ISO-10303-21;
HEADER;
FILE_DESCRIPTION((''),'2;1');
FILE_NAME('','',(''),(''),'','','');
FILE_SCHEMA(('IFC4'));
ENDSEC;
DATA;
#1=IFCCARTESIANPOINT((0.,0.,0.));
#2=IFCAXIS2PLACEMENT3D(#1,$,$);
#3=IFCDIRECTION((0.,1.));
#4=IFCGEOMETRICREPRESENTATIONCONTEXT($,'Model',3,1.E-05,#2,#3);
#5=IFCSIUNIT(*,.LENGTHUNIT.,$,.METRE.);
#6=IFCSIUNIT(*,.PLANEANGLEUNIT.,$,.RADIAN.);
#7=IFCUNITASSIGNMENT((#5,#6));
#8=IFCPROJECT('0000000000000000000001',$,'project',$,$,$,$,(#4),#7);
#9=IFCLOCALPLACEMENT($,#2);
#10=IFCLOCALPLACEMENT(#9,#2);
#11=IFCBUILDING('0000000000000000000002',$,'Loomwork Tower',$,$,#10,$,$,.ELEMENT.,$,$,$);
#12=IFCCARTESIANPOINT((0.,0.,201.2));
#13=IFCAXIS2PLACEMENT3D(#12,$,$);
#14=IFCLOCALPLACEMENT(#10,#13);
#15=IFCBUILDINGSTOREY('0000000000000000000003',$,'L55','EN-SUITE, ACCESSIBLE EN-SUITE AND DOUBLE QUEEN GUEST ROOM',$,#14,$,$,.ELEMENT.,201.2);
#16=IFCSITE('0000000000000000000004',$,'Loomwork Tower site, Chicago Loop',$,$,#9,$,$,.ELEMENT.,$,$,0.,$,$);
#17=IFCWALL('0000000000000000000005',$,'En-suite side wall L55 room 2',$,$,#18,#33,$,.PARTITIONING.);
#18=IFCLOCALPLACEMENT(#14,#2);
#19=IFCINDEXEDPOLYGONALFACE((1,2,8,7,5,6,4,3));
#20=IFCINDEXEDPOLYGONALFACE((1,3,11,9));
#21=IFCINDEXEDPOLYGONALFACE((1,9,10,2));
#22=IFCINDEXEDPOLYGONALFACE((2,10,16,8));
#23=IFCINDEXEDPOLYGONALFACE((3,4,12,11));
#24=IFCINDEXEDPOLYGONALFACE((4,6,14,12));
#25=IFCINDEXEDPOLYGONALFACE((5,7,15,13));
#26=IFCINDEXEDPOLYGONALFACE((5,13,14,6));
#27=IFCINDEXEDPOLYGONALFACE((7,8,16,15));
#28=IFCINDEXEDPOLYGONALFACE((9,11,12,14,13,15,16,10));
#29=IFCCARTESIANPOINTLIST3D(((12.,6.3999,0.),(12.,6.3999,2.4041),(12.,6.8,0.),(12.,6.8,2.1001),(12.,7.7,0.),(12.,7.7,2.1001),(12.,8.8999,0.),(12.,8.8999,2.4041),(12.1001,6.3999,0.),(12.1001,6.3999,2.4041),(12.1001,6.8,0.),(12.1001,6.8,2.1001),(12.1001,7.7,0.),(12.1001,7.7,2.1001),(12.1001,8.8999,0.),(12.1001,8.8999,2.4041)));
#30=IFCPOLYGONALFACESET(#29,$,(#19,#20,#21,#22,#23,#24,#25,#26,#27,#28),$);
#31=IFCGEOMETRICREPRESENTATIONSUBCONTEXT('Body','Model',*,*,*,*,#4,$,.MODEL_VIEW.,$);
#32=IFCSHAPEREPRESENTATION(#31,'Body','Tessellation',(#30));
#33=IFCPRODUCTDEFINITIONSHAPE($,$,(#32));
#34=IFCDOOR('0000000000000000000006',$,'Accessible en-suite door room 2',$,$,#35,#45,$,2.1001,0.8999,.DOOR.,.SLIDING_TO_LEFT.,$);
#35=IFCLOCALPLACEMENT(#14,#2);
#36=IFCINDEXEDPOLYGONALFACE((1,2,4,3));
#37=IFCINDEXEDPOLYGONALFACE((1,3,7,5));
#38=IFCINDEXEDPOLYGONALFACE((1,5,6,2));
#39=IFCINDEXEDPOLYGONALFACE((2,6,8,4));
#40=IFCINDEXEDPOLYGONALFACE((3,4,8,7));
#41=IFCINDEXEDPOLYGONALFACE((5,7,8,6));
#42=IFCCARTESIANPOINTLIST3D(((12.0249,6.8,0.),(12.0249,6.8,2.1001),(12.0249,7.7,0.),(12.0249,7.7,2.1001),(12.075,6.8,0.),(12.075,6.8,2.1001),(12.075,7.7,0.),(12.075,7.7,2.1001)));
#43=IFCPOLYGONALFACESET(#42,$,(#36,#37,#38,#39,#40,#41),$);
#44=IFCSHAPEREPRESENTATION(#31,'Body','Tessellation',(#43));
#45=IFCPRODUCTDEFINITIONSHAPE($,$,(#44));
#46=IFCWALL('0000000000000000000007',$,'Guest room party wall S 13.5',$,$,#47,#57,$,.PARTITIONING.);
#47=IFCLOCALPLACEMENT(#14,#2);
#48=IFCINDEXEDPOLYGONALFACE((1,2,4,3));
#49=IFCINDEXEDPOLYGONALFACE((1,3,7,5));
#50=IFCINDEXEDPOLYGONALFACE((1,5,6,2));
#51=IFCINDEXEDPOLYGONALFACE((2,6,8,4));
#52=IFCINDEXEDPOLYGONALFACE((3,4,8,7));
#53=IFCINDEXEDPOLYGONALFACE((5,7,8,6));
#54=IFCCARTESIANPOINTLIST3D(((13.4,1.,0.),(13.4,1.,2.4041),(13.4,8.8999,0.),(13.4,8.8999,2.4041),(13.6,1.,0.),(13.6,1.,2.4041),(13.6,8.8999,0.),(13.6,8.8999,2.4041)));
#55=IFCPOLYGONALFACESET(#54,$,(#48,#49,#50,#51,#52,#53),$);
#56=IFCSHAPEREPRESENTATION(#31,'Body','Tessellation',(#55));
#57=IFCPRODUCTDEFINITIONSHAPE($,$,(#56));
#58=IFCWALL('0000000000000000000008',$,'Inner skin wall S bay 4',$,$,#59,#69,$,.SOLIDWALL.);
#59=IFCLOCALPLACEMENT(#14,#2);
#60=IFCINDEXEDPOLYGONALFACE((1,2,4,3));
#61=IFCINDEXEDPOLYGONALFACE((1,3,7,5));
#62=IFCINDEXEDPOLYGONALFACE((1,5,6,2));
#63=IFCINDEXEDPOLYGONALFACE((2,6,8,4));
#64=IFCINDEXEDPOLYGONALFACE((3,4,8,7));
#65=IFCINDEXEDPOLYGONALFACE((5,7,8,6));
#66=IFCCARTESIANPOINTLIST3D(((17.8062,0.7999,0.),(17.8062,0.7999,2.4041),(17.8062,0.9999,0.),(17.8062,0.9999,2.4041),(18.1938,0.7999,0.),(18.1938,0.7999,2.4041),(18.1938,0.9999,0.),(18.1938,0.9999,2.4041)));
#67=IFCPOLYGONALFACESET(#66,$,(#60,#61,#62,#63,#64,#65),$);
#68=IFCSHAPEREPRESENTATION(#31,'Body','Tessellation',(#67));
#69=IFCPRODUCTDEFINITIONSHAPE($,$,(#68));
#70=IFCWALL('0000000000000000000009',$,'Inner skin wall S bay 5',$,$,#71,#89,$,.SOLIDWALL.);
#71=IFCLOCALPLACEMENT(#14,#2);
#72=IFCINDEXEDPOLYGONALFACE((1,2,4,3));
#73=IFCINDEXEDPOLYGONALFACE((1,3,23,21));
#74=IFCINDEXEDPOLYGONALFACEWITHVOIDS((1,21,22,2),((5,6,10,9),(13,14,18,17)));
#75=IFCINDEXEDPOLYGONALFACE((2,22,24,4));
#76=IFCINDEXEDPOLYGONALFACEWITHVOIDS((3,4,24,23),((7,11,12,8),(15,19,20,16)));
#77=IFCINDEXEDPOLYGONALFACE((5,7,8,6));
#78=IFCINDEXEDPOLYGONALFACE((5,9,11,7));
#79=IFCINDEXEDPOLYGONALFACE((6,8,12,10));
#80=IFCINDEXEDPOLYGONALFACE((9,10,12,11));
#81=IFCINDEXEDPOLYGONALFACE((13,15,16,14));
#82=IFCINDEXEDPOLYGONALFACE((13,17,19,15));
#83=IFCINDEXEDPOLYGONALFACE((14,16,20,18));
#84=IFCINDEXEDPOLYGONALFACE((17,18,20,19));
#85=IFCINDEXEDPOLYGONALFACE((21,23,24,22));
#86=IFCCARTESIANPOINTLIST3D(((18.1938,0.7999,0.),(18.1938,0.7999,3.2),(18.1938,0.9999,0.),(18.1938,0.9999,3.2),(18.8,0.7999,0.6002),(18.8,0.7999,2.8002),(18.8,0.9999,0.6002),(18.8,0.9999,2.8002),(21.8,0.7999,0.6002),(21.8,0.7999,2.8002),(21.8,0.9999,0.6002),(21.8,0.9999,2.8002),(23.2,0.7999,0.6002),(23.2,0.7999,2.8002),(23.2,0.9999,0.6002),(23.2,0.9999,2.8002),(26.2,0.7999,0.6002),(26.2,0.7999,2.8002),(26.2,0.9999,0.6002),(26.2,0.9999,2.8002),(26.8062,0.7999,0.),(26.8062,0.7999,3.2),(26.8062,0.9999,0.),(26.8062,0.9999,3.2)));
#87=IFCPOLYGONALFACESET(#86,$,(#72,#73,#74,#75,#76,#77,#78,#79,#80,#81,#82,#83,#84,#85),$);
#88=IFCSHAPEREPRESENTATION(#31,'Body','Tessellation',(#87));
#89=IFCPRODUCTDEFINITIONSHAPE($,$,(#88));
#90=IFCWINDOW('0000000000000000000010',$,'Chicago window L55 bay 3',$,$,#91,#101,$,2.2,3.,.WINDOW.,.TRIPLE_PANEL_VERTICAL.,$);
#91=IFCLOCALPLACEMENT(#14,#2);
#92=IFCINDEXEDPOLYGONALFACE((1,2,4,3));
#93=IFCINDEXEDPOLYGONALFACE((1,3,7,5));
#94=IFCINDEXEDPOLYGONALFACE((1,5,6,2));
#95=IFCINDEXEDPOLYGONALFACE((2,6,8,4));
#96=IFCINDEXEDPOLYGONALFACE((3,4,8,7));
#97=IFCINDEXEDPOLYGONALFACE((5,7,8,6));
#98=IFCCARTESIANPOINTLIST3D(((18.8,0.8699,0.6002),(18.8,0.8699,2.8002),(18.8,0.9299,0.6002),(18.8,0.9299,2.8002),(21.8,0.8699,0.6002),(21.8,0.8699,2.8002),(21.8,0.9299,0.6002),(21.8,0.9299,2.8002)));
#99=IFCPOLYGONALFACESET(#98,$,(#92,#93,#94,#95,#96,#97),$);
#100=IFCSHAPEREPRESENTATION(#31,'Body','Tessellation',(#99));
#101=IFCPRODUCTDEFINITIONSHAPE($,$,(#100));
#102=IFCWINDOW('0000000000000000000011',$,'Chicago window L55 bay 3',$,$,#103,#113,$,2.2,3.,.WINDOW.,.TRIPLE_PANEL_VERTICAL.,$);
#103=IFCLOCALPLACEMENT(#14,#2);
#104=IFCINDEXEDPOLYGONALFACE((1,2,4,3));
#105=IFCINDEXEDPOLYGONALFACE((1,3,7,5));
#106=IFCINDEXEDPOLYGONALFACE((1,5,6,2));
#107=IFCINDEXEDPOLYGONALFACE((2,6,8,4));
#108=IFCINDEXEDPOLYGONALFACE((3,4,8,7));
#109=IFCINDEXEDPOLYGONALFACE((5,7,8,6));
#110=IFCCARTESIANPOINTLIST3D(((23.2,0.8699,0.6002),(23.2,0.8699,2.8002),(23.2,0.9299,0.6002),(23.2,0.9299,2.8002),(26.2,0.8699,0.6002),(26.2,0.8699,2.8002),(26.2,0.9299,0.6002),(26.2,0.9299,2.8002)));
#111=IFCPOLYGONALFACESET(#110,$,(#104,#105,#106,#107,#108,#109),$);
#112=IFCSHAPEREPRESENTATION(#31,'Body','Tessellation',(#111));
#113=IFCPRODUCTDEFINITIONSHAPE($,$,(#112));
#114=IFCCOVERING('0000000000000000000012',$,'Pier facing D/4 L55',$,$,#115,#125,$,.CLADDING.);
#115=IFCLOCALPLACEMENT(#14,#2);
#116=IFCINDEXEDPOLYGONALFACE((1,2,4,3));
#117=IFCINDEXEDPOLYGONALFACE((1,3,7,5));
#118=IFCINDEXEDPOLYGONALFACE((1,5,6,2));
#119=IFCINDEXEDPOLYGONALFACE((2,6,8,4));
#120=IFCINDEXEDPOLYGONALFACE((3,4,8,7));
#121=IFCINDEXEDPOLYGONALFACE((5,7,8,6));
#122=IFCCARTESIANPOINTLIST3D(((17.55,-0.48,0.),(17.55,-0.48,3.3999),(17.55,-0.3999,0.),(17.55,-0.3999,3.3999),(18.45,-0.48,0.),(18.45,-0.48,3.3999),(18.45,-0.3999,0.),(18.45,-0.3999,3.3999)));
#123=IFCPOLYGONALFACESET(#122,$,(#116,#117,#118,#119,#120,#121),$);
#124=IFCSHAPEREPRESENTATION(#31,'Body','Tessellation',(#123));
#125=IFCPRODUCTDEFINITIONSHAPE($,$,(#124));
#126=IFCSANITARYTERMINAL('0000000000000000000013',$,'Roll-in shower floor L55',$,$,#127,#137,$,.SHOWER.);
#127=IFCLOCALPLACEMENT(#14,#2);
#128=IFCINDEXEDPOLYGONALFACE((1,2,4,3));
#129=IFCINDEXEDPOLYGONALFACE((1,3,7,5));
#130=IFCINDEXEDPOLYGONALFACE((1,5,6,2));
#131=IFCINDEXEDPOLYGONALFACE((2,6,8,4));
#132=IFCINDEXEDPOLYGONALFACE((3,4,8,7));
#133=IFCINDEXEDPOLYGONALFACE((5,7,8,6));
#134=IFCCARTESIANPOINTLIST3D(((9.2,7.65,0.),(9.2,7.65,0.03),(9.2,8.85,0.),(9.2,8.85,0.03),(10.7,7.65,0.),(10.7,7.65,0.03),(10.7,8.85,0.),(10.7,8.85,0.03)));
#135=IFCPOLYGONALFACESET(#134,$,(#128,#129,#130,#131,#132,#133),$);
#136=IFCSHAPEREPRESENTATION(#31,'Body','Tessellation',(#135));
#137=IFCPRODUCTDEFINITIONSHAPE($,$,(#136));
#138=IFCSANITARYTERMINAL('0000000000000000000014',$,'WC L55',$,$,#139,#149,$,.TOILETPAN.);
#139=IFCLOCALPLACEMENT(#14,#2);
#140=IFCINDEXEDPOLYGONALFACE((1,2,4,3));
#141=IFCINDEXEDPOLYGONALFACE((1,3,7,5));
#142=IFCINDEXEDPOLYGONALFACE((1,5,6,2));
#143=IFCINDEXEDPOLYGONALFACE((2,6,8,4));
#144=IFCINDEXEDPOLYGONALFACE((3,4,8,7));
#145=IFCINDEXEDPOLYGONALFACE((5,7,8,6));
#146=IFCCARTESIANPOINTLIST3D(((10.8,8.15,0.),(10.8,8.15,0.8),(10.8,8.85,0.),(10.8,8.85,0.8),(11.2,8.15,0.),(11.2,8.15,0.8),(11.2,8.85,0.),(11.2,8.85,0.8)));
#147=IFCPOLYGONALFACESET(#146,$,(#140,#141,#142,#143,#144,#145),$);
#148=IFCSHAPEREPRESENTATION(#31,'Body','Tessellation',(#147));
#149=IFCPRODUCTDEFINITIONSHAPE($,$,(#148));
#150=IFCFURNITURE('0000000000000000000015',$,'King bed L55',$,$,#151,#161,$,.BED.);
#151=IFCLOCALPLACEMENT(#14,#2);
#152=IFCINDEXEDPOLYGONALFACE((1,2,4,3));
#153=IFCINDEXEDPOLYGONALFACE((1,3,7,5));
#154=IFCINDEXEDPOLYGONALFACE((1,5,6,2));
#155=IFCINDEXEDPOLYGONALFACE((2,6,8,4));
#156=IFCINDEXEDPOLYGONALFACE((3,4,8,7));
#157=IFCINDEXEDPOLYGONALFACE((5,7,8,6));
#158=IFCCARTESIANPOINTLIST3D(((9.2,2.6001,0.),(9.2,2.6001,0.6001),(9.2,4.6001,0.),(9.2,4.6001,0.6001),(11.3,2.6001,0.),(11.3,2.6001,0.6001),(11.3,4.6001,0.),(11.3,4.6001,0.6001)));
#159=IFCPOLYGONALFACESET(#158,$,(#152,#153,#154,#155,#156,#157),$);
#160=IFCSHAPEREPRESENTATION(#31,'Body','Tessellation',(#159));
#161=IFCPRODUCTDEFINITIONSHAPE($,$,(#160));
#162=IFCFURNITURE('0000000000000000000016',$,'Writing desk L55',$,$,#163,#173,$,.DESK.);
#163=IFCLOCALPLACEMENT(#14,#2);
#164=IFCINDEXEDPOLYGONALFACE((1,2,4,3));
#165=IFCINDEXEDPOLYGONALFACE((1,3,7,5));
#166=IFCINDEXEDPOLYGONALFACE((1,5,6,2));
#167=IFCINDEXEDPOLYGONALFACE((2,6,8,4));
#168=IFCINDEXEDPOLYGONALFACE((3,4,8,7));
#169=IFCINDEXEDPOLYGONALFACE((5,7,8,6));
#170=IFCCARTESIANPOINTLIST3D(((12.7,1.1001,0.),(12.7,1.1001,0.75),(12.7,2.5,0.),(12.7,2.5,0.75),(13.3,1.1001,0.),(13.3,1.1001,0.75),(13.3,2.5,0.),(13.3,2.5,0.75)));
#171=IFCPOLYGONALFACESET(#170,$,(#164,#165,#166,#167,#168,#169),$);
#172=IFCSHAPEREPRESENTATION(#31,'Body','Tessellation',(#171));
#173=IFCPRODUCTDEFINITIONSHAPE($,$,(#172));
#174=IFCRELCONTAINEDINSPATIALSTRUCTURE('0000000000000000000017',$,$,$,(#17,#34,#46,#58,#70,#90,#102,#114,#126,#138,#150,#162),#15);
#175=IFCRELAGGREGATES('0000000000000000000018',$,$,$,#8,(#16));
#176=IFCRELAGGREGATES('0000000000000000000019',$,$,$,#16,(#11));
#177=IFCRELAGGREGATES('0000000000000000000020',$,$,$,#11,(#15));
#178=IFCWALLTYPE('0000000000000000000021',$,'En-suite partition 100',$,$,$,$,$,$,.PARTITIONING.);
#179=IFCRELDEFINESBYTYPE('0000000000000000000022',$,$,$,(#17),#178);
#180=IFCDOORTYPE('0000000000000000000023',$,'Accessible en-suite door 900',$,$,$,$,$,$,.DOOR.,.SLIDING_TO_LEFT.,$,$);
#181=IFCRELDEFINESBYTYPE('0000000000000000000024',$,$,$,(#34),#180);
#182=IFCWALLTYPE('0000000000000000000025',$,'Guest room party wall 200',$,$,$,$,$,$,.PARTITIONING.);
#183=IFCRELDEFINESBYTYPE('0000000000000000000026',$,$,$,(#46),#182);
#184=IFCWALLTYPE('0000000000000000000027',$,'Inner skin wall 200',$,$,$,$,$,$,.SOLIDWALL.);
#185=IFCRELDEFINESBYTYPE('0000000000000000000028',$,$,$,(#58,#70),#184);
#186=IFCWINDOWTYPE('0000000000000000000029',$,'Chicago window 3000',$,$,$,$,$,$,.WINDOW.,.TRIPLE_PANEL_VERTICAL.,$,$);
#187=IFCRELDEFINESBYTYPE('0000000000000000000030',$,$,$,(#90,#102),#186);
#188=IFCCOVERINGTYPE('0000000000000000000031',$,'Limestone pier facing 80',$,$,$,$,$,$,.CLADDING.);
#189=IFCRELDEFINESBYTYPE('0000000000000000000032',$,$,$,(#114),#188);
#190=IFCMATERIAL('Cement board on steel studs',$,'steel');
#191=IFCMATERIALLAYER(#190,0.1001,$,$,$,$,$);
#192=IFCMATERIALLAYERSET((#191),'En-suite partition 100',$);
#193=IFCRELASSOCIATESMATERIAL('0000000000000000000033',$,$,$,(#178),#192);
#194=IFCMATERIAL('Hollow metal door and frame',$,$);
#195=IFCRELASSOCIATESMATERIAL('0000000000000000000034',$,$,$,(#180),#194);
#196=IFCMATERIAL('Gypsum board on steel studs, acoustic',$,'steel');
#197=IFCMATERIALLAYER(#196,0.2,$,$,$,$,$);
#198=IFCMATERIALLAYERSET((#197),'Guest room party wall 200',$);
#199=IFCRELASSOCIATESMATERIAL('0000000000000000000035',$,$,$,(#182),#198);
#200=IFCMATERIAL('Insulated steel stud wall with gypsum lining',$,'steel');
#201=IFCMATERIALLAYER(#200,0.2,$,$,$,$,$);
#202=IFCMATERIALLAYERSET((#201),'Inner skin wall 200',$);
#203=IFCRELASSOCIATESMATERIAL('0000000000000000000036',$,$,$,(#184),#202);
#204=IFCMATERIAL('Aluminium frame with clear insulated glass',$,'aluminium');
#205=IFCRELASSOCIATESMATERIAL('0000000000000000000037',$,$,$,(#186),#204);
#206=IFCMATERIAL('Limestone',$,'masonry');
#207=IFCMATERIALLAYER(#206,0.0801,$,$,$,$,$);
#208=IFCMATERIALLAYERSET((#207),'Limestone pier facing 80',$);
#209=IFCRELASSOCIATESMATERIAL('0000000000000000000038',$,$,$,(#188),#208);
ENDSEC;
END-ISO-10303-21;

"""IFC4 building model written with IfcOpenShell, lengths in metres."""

from ifc_helpers import new_model, si_unit, direction, frame, frame_2d, origin, origin_2d, place, context, subcontext, project, spatial, rectangle, extrude, material, layer, layer_set, type_object, element, fill, save


model = new_model("IFC4")

# Units and contexts
model_context = context("Model", 3, precision=1e-05, world=origin(), true_north=direction((0.0, 1.0)))
body_context = subcontext(model_context, "Body", "Model", "MODEL_VIEW")
ifc_project = project(units=[si_unit("LENGTHUNIT", "METRE"), si_unit("PLANEANGLEUNIT", "RADIAN")], contexts=[model_context])

# Site, building, storey
site_placement = place(None, origin())
site = spatial("IfcSite", under=ifc_project, at=site_placement, Name="Loomwork Tower site, Chicago Loop", CompositionType="ELEMENT", RefElevation=0.0)
building_placement = place(site_placement, origin())
building = spatial("IfcBuilding", under=site, at=building_placement, Name="Loomwork Tower", CompositionType="ELEMENT")
storey_placement = place(building_placement, frame((0.0, 0.0, 201.2)))
storey = spatial("IfcBuildingStorey", under=building, at=storey_placement, Name="L55", Description="EN-SUITE, ACCESSIBLE EN-SUITE AND DOUBLE QUEEN GUEST ROOM", CompositionType="ELEMENT", Elevation=201.2)

# Wall, opening, door
ifc_material_1 = material(Name="Cement board on steel studs", Category="steel")
ifc_layer_1 = layer(ifc_material_1, 0.1001)
ifc_layer_set_1 = layer_set([ifc_layer_1], Name="En-suite partition 100")
wall_type_1 = type_object("IfcWallType", Name="En-suite partition 100", PredefinedType="PARTITIONING", material=ifc_layer_set_1)
wall_1_placement = place(storey_placement, frame((12.05, 8.8999, 0.0), z_axis=(0.0, 0.0, 1.0), x_axis=(0.0, -1.0, 0.0)))
wall_1 = element("IfcWall", 1, at=wall_1_placement, inside=storey, type_object=wall_type_1, Name="En-suite side wall L55 room 2", PredefinedType="PARTITIONING", context=body_context, shape_type="SweptSolid", body=[
    extrude(rectangle(XDim=2.5, YDim=0.1001, at=frame_2d((1.25, 0.0))), origin(), (0.0, 0.0, 1.0), 2.4041),
])
opening_1_placement = place(wall_1_placement, frame((1.2, 0.0, 0.0)))
opening_1 = element("IfcOpeningElement", 2, at=opening_1_placement, cuts=wall_1, PredefinedType="OPENING", context=body_context, shape_type="SweptSolid", body=[
    extrude(rectangle(XDim=0.8999, YDim=2.1001, at=frame_2d((0.45, 1.05))), frame((0.0, 0.0601, 0.0), z_axis=(0.0, -1.0, 0.0), x_axis=(1.0, 0.0, 0.0)), (0.0, 0.0, 1.0), 0.1201),
])
ifc_material_2 = material(Name="Hollow metal door and frame")
door_type = type_object("IfcDoorType", Name="Accessible en-suite door 900", OperationType="SLIDING_TO_LEFT", PredefinedType="DOOR", material=ifc_material_2)
door_placement = place(opening_1_placement, origin())
door = element("IfcDoor", 3, at=door_placement, inside=storey, type_object=door_type, Name="Accessible en-suite door room 2", OperationType="SLIDING_TO_LEFT", OverallHeight=2.1001, OverallWidth=0.8999, PredefinedType="DOOR", context=body_context, shape_type="SweptSolid", body=[
    extrude(rectangle(XDim=0.8999, YDim=2.1001, at=frame_2d((0.45, 1.05))), frame((0.0, 0.0249, 0.0), z_axis=(0.0, -1.0, 0.0), x_axis=(1.0, 0.0, 0.0)), (0.0, 0.0, 1.0), 0.05),
])
fill(opening_1, door)

# Walls
ifc_material_3 = material(Name="Gypsum board on steel studs, acoustic", Category="steel")
ifc_layer_2 = layer(ifc_material_3, 0.2)
ifc_layer_set_2 = layer_set([ifc_layer_2], Name="Guest room party wall 200")
wall_type_2 = type_object("IfcWallType", Name="Guest room party wall 200", PredefinedType="PARTITIONING", material=ifc_layer_set_2)
wall_2_placement = place(storey_placement, frame((13.5, 8.8999, 0.0), z_axis=(0.0, 0.0, 1.0), x_axis=(0.0, -1.0, 0.0)))
element("IfcWall", 4, at=wall_2_placement, inside=storey, type_object=wall_type_2, Name="Guest room party wall S 13.5", PredefinedType="PARTITIONING", context=body_context, shape_type="SweptSolid", body=[
    extrude(rectangle(XDim=7.8999, YDim=0.2, at=frame_2d((3.95, 0.0))), origin(), (0.0, 0.0, 1.0), 2.4041),
])
ifc_material_4 = material(Name="Insulated steel stud wall with gypsum lining", Category="steel")
ifc_layer_3 = layer(ifc_material_4, 0.2)
ifc_layer_set_3 = layer_set([ifc_layer_3], Name="Inner skin wall 200")
wall_type_3 = type_object("IfcWallType", Name="Inner skin wall 200", PredefinedType="SOLIDWALL", material=ifc_layer_set_3)
wall_3_placement = place(storey_placement, frame((17.8062, 0.8999, 0.0), z_axis=(0.0, 0.0, 1.0), x_axis=(1.0, 0.0, 0.0)))
element("IfcWall", 5, at=wall_3_placement, inside=storey, type_object=wall_type_3, Name="Inner skin wall S bay 4", PredefinedType="SOLIDWALL", context=body_context, shape_type="SweptSolid", body=[
    extrude(rectangle(XDim=0.3877, YDim=0.2, at=frame_2d((0.1938, 0.0))), origin(), (0.0, 0.0, 1.0), 2.4041),
])

# Wall, openings, windows
wall_4_placement = place(storey_placement, frame((18.1938, 0.8999, 0.0), z_axis=(0.0, 0.0, 1.0), x_axis=(1.0, 0.0, 0.0)))
wall_4 = element("IfcWall", 6, at=wall_4_placement, inside=storey, type_object=wall_type_3, Name="Inner skin wall S bay 5", PredefinedType="SOLIDWALL", context=body_context, shape_type="SweptSolid", body=[
    extrude(rectangle(XDim=8.6123, YDim=0.2, at=frame_2d((4.3062, 0.0))), origin(), (0.0, 0.0, 1.0), 3.2),
])
opening_2_placement = place(wall_4_placement, frame((0.6062, 0.0, 0.6001)))
opening_2 = element("IfcOpeningElement", 7, at=opening_2_placement, cuts=wall_4, PredefinedType="OPENING", context=body_context, shape_type="SweptSolid", body=[
    extrude(rectangle(XDim=3.0, YDim=2.2, at=frame_2d((1.5, 1.1001))), frame((0.0, 0.1099, 0.0), z_axis=(0.0, -1.0, 0.0), x_axis=(1.0, 0.0, 0.0)), (0.0, 0.0, 1.0), 0.22),
])
opening_3_placement = place(wall_4_placement, frame((5.0061, 0.0, 0.6001)))
opening_3 = element("IfcOpeningElement", 8, at=opening_3_placement, cuts=wall_4, PredefinedType="OPENING", context=body_context, shape_type="SweptSolid", body=[
    extrude(rectangle(XDim=3.0, YDim=2.2, at=frame_2d((1.5, 1.1001))), frame((0.0, 0.1099, 0.0), z_axis=(0.0, -1.0, 0.0), x_axis=(1.0, 0.0, 0.0)), (0.0, 0.0, 1.0), 0.22),
])
ifc_material_5 = material(Name="Aluminium frame with clear insulated glass", Category="aluminium")
window_type = type_object("IfcWindowType", Name="Chicago window 3000", PartitioningType="TRIPLE_PANEL_VERTICAL", PredefinedType="WINDOW", material=ifc_material_5)
window_1_placement = place(opening_2_placement, origin())
window_1 = element("IfcWindow", 9, at=window_1_placement, inside=storey, type_object=window_type, Name="Chicago window L55 bay 3", OverallHeight=2.2, OverallWidth=3.0, PartitioningType="TRIPLE_PANEL_VERTICAL", PredefinedType="WINDOW", context=body_context, shape_type="SweptSolid", body=[
    extrude(rectangle(XDim=3.0, YDim=2.2, at=frame_2d((1.5, 1.1001))), frame((0.0, 0.03, 0.0), z_axis=(0.0, -1.0, 0.0), x_axis=(1.0, 0.0, 0.0)), (0.0, 0.0, 1.0), 0.0601),
])
fill(opening_2, window_1)
window_2_placement = place(opening_3_placement, origin())
window_2 = element("IfcWindow", 10, at=window_2_placement, inside=storey, type_object=window_type, Name="Chicago window L55 bay 3", OverallHeight=2.2, OverallWidth=3.0, PartitioningType="TRIPLE_PANEL_VERTICAL", PredefinedType="WINDOW", context=body_context, shape_type="SweptSolid", body=[
    extrude(rectangle(XDim=3.0, YDim=2.2, at=frame_2d((1.5, 1.1001))), frame((0.0, 0.03, 0.0), z_axis=(0.0, -1.0, 0.0), x_axis=(1.0, 0.0, 0.0)), (0.0, 0.0, 1.0), 0.0601),
])
fill(opening_3, window_2)

# Covering
ifc_material_6 = material(Name="Limestone", Category="masonry")
ifc_layer_4 = layer(ifc_material_6, 0.0801)
ifc_layer_set_4 = layer_set([ifc_layer_4], Name="Limestone pier facing 80")
covering_type = type_object("IfcCoveringType", Name="Limestone pier facing 80", PredefinedType="CLADDING", material=ifc_layer_set_4)
covering_placement = place(storey_placement, frame((18.0, -0.4399, 0.0), z_axis=(0.0, 0.0, 1.0), x_axis=(1.0, 0.0, 0.0)))
element("IfcCovering", 11, at=covering_placement, inside=storey, type_object=covering_type, Name="Pier facing D/4 L55", PredefinedType="CLADDING", context=body_context, shape_type="SweptSolid", body=[
    extrude(rectangle(XDim=0.8999, YDim=0.0801, at=origin_2d()), origin(), (0.0, 0.0, 1.0), 3.3999),
])

# Sanitary terminals
sanitary_terminal_1_placement = place(storey_placement, frame((9.95, 8.25, 0.0), z_axis=(0.0, 0.0, 1.0), x_axis=(1.0, 0.0, 0.0)))
element("IfcSanitaryTerminal", 12, at=sanitary_terminal_1_placement, inside=storey, Name="Roll-in shower floor L55", PredefinedType="SHOWER", context=body_context, shape_type="SweptSolid", body=[
    extrude(rectangle(XDim=1.5, YDim=1.2, at=origin_2d()), origin(), (0.0, 0.0, 1.0), 0.03),
])
sanitary_terminal_2_placement = place(storey_placement, frame((11.0, 8.5, 0.0), z_axis=(0.0, 0.0, 1.0), x_axis=(1.0, 0.0, 0.0)))
element("IfcSanitaryTerminal", 13, at=sanitary_terminal_2_placement, inside=storey, Name="WC L55", PredefinedType="TOILETPAN", context=body_context, shape_type="SweptSolid", body=[
    extrude(rectangle(XDim=0.3999, YDim=0.7, at=origin_2d()), origin(), (0.0, 0.0, 1.0), 0.8),
])

# Furniture
furniture_1_placement = place(storey_placement, frame((10.25, 3.6001, 0.0), z_axis=(0.0, 0.0, 1.0), x_axis=(1.0, 0.0, 0.0)))
element("IfcFurniture", 14, at=furniture_1_placement, inside=storey, Name="King bed L55", PredefinedType="BED", context=body_context, shape_type="SweptSolid", body=[
    extrude(rectangle(XDim=2.1001, YDim=2.0, at=origin_2d()), origin(), (0.0, 0.0, 1.0), 0.6001),
])
furniture_2_placement = place(storey_placement, frame((13.0, 1.8, 0.0), z_axis=(0.0, 0.0, 1.0), x_axis=(1.0, 0.0, 0.0)))
element("IfcFurniture", 15, at=furniture_2_placement, inside=storey, Name="Writing desk L55", PredefinedType="DESK", context=body_context, shape_type="SweptSolid", body=[
    extrude(rectangle(XDim=0.6001, YDim=1.3999, at=origin_2d()), origin(), (0.0, 0.0, 1.0), 0.75),
])

save(model, "model.ifc")
